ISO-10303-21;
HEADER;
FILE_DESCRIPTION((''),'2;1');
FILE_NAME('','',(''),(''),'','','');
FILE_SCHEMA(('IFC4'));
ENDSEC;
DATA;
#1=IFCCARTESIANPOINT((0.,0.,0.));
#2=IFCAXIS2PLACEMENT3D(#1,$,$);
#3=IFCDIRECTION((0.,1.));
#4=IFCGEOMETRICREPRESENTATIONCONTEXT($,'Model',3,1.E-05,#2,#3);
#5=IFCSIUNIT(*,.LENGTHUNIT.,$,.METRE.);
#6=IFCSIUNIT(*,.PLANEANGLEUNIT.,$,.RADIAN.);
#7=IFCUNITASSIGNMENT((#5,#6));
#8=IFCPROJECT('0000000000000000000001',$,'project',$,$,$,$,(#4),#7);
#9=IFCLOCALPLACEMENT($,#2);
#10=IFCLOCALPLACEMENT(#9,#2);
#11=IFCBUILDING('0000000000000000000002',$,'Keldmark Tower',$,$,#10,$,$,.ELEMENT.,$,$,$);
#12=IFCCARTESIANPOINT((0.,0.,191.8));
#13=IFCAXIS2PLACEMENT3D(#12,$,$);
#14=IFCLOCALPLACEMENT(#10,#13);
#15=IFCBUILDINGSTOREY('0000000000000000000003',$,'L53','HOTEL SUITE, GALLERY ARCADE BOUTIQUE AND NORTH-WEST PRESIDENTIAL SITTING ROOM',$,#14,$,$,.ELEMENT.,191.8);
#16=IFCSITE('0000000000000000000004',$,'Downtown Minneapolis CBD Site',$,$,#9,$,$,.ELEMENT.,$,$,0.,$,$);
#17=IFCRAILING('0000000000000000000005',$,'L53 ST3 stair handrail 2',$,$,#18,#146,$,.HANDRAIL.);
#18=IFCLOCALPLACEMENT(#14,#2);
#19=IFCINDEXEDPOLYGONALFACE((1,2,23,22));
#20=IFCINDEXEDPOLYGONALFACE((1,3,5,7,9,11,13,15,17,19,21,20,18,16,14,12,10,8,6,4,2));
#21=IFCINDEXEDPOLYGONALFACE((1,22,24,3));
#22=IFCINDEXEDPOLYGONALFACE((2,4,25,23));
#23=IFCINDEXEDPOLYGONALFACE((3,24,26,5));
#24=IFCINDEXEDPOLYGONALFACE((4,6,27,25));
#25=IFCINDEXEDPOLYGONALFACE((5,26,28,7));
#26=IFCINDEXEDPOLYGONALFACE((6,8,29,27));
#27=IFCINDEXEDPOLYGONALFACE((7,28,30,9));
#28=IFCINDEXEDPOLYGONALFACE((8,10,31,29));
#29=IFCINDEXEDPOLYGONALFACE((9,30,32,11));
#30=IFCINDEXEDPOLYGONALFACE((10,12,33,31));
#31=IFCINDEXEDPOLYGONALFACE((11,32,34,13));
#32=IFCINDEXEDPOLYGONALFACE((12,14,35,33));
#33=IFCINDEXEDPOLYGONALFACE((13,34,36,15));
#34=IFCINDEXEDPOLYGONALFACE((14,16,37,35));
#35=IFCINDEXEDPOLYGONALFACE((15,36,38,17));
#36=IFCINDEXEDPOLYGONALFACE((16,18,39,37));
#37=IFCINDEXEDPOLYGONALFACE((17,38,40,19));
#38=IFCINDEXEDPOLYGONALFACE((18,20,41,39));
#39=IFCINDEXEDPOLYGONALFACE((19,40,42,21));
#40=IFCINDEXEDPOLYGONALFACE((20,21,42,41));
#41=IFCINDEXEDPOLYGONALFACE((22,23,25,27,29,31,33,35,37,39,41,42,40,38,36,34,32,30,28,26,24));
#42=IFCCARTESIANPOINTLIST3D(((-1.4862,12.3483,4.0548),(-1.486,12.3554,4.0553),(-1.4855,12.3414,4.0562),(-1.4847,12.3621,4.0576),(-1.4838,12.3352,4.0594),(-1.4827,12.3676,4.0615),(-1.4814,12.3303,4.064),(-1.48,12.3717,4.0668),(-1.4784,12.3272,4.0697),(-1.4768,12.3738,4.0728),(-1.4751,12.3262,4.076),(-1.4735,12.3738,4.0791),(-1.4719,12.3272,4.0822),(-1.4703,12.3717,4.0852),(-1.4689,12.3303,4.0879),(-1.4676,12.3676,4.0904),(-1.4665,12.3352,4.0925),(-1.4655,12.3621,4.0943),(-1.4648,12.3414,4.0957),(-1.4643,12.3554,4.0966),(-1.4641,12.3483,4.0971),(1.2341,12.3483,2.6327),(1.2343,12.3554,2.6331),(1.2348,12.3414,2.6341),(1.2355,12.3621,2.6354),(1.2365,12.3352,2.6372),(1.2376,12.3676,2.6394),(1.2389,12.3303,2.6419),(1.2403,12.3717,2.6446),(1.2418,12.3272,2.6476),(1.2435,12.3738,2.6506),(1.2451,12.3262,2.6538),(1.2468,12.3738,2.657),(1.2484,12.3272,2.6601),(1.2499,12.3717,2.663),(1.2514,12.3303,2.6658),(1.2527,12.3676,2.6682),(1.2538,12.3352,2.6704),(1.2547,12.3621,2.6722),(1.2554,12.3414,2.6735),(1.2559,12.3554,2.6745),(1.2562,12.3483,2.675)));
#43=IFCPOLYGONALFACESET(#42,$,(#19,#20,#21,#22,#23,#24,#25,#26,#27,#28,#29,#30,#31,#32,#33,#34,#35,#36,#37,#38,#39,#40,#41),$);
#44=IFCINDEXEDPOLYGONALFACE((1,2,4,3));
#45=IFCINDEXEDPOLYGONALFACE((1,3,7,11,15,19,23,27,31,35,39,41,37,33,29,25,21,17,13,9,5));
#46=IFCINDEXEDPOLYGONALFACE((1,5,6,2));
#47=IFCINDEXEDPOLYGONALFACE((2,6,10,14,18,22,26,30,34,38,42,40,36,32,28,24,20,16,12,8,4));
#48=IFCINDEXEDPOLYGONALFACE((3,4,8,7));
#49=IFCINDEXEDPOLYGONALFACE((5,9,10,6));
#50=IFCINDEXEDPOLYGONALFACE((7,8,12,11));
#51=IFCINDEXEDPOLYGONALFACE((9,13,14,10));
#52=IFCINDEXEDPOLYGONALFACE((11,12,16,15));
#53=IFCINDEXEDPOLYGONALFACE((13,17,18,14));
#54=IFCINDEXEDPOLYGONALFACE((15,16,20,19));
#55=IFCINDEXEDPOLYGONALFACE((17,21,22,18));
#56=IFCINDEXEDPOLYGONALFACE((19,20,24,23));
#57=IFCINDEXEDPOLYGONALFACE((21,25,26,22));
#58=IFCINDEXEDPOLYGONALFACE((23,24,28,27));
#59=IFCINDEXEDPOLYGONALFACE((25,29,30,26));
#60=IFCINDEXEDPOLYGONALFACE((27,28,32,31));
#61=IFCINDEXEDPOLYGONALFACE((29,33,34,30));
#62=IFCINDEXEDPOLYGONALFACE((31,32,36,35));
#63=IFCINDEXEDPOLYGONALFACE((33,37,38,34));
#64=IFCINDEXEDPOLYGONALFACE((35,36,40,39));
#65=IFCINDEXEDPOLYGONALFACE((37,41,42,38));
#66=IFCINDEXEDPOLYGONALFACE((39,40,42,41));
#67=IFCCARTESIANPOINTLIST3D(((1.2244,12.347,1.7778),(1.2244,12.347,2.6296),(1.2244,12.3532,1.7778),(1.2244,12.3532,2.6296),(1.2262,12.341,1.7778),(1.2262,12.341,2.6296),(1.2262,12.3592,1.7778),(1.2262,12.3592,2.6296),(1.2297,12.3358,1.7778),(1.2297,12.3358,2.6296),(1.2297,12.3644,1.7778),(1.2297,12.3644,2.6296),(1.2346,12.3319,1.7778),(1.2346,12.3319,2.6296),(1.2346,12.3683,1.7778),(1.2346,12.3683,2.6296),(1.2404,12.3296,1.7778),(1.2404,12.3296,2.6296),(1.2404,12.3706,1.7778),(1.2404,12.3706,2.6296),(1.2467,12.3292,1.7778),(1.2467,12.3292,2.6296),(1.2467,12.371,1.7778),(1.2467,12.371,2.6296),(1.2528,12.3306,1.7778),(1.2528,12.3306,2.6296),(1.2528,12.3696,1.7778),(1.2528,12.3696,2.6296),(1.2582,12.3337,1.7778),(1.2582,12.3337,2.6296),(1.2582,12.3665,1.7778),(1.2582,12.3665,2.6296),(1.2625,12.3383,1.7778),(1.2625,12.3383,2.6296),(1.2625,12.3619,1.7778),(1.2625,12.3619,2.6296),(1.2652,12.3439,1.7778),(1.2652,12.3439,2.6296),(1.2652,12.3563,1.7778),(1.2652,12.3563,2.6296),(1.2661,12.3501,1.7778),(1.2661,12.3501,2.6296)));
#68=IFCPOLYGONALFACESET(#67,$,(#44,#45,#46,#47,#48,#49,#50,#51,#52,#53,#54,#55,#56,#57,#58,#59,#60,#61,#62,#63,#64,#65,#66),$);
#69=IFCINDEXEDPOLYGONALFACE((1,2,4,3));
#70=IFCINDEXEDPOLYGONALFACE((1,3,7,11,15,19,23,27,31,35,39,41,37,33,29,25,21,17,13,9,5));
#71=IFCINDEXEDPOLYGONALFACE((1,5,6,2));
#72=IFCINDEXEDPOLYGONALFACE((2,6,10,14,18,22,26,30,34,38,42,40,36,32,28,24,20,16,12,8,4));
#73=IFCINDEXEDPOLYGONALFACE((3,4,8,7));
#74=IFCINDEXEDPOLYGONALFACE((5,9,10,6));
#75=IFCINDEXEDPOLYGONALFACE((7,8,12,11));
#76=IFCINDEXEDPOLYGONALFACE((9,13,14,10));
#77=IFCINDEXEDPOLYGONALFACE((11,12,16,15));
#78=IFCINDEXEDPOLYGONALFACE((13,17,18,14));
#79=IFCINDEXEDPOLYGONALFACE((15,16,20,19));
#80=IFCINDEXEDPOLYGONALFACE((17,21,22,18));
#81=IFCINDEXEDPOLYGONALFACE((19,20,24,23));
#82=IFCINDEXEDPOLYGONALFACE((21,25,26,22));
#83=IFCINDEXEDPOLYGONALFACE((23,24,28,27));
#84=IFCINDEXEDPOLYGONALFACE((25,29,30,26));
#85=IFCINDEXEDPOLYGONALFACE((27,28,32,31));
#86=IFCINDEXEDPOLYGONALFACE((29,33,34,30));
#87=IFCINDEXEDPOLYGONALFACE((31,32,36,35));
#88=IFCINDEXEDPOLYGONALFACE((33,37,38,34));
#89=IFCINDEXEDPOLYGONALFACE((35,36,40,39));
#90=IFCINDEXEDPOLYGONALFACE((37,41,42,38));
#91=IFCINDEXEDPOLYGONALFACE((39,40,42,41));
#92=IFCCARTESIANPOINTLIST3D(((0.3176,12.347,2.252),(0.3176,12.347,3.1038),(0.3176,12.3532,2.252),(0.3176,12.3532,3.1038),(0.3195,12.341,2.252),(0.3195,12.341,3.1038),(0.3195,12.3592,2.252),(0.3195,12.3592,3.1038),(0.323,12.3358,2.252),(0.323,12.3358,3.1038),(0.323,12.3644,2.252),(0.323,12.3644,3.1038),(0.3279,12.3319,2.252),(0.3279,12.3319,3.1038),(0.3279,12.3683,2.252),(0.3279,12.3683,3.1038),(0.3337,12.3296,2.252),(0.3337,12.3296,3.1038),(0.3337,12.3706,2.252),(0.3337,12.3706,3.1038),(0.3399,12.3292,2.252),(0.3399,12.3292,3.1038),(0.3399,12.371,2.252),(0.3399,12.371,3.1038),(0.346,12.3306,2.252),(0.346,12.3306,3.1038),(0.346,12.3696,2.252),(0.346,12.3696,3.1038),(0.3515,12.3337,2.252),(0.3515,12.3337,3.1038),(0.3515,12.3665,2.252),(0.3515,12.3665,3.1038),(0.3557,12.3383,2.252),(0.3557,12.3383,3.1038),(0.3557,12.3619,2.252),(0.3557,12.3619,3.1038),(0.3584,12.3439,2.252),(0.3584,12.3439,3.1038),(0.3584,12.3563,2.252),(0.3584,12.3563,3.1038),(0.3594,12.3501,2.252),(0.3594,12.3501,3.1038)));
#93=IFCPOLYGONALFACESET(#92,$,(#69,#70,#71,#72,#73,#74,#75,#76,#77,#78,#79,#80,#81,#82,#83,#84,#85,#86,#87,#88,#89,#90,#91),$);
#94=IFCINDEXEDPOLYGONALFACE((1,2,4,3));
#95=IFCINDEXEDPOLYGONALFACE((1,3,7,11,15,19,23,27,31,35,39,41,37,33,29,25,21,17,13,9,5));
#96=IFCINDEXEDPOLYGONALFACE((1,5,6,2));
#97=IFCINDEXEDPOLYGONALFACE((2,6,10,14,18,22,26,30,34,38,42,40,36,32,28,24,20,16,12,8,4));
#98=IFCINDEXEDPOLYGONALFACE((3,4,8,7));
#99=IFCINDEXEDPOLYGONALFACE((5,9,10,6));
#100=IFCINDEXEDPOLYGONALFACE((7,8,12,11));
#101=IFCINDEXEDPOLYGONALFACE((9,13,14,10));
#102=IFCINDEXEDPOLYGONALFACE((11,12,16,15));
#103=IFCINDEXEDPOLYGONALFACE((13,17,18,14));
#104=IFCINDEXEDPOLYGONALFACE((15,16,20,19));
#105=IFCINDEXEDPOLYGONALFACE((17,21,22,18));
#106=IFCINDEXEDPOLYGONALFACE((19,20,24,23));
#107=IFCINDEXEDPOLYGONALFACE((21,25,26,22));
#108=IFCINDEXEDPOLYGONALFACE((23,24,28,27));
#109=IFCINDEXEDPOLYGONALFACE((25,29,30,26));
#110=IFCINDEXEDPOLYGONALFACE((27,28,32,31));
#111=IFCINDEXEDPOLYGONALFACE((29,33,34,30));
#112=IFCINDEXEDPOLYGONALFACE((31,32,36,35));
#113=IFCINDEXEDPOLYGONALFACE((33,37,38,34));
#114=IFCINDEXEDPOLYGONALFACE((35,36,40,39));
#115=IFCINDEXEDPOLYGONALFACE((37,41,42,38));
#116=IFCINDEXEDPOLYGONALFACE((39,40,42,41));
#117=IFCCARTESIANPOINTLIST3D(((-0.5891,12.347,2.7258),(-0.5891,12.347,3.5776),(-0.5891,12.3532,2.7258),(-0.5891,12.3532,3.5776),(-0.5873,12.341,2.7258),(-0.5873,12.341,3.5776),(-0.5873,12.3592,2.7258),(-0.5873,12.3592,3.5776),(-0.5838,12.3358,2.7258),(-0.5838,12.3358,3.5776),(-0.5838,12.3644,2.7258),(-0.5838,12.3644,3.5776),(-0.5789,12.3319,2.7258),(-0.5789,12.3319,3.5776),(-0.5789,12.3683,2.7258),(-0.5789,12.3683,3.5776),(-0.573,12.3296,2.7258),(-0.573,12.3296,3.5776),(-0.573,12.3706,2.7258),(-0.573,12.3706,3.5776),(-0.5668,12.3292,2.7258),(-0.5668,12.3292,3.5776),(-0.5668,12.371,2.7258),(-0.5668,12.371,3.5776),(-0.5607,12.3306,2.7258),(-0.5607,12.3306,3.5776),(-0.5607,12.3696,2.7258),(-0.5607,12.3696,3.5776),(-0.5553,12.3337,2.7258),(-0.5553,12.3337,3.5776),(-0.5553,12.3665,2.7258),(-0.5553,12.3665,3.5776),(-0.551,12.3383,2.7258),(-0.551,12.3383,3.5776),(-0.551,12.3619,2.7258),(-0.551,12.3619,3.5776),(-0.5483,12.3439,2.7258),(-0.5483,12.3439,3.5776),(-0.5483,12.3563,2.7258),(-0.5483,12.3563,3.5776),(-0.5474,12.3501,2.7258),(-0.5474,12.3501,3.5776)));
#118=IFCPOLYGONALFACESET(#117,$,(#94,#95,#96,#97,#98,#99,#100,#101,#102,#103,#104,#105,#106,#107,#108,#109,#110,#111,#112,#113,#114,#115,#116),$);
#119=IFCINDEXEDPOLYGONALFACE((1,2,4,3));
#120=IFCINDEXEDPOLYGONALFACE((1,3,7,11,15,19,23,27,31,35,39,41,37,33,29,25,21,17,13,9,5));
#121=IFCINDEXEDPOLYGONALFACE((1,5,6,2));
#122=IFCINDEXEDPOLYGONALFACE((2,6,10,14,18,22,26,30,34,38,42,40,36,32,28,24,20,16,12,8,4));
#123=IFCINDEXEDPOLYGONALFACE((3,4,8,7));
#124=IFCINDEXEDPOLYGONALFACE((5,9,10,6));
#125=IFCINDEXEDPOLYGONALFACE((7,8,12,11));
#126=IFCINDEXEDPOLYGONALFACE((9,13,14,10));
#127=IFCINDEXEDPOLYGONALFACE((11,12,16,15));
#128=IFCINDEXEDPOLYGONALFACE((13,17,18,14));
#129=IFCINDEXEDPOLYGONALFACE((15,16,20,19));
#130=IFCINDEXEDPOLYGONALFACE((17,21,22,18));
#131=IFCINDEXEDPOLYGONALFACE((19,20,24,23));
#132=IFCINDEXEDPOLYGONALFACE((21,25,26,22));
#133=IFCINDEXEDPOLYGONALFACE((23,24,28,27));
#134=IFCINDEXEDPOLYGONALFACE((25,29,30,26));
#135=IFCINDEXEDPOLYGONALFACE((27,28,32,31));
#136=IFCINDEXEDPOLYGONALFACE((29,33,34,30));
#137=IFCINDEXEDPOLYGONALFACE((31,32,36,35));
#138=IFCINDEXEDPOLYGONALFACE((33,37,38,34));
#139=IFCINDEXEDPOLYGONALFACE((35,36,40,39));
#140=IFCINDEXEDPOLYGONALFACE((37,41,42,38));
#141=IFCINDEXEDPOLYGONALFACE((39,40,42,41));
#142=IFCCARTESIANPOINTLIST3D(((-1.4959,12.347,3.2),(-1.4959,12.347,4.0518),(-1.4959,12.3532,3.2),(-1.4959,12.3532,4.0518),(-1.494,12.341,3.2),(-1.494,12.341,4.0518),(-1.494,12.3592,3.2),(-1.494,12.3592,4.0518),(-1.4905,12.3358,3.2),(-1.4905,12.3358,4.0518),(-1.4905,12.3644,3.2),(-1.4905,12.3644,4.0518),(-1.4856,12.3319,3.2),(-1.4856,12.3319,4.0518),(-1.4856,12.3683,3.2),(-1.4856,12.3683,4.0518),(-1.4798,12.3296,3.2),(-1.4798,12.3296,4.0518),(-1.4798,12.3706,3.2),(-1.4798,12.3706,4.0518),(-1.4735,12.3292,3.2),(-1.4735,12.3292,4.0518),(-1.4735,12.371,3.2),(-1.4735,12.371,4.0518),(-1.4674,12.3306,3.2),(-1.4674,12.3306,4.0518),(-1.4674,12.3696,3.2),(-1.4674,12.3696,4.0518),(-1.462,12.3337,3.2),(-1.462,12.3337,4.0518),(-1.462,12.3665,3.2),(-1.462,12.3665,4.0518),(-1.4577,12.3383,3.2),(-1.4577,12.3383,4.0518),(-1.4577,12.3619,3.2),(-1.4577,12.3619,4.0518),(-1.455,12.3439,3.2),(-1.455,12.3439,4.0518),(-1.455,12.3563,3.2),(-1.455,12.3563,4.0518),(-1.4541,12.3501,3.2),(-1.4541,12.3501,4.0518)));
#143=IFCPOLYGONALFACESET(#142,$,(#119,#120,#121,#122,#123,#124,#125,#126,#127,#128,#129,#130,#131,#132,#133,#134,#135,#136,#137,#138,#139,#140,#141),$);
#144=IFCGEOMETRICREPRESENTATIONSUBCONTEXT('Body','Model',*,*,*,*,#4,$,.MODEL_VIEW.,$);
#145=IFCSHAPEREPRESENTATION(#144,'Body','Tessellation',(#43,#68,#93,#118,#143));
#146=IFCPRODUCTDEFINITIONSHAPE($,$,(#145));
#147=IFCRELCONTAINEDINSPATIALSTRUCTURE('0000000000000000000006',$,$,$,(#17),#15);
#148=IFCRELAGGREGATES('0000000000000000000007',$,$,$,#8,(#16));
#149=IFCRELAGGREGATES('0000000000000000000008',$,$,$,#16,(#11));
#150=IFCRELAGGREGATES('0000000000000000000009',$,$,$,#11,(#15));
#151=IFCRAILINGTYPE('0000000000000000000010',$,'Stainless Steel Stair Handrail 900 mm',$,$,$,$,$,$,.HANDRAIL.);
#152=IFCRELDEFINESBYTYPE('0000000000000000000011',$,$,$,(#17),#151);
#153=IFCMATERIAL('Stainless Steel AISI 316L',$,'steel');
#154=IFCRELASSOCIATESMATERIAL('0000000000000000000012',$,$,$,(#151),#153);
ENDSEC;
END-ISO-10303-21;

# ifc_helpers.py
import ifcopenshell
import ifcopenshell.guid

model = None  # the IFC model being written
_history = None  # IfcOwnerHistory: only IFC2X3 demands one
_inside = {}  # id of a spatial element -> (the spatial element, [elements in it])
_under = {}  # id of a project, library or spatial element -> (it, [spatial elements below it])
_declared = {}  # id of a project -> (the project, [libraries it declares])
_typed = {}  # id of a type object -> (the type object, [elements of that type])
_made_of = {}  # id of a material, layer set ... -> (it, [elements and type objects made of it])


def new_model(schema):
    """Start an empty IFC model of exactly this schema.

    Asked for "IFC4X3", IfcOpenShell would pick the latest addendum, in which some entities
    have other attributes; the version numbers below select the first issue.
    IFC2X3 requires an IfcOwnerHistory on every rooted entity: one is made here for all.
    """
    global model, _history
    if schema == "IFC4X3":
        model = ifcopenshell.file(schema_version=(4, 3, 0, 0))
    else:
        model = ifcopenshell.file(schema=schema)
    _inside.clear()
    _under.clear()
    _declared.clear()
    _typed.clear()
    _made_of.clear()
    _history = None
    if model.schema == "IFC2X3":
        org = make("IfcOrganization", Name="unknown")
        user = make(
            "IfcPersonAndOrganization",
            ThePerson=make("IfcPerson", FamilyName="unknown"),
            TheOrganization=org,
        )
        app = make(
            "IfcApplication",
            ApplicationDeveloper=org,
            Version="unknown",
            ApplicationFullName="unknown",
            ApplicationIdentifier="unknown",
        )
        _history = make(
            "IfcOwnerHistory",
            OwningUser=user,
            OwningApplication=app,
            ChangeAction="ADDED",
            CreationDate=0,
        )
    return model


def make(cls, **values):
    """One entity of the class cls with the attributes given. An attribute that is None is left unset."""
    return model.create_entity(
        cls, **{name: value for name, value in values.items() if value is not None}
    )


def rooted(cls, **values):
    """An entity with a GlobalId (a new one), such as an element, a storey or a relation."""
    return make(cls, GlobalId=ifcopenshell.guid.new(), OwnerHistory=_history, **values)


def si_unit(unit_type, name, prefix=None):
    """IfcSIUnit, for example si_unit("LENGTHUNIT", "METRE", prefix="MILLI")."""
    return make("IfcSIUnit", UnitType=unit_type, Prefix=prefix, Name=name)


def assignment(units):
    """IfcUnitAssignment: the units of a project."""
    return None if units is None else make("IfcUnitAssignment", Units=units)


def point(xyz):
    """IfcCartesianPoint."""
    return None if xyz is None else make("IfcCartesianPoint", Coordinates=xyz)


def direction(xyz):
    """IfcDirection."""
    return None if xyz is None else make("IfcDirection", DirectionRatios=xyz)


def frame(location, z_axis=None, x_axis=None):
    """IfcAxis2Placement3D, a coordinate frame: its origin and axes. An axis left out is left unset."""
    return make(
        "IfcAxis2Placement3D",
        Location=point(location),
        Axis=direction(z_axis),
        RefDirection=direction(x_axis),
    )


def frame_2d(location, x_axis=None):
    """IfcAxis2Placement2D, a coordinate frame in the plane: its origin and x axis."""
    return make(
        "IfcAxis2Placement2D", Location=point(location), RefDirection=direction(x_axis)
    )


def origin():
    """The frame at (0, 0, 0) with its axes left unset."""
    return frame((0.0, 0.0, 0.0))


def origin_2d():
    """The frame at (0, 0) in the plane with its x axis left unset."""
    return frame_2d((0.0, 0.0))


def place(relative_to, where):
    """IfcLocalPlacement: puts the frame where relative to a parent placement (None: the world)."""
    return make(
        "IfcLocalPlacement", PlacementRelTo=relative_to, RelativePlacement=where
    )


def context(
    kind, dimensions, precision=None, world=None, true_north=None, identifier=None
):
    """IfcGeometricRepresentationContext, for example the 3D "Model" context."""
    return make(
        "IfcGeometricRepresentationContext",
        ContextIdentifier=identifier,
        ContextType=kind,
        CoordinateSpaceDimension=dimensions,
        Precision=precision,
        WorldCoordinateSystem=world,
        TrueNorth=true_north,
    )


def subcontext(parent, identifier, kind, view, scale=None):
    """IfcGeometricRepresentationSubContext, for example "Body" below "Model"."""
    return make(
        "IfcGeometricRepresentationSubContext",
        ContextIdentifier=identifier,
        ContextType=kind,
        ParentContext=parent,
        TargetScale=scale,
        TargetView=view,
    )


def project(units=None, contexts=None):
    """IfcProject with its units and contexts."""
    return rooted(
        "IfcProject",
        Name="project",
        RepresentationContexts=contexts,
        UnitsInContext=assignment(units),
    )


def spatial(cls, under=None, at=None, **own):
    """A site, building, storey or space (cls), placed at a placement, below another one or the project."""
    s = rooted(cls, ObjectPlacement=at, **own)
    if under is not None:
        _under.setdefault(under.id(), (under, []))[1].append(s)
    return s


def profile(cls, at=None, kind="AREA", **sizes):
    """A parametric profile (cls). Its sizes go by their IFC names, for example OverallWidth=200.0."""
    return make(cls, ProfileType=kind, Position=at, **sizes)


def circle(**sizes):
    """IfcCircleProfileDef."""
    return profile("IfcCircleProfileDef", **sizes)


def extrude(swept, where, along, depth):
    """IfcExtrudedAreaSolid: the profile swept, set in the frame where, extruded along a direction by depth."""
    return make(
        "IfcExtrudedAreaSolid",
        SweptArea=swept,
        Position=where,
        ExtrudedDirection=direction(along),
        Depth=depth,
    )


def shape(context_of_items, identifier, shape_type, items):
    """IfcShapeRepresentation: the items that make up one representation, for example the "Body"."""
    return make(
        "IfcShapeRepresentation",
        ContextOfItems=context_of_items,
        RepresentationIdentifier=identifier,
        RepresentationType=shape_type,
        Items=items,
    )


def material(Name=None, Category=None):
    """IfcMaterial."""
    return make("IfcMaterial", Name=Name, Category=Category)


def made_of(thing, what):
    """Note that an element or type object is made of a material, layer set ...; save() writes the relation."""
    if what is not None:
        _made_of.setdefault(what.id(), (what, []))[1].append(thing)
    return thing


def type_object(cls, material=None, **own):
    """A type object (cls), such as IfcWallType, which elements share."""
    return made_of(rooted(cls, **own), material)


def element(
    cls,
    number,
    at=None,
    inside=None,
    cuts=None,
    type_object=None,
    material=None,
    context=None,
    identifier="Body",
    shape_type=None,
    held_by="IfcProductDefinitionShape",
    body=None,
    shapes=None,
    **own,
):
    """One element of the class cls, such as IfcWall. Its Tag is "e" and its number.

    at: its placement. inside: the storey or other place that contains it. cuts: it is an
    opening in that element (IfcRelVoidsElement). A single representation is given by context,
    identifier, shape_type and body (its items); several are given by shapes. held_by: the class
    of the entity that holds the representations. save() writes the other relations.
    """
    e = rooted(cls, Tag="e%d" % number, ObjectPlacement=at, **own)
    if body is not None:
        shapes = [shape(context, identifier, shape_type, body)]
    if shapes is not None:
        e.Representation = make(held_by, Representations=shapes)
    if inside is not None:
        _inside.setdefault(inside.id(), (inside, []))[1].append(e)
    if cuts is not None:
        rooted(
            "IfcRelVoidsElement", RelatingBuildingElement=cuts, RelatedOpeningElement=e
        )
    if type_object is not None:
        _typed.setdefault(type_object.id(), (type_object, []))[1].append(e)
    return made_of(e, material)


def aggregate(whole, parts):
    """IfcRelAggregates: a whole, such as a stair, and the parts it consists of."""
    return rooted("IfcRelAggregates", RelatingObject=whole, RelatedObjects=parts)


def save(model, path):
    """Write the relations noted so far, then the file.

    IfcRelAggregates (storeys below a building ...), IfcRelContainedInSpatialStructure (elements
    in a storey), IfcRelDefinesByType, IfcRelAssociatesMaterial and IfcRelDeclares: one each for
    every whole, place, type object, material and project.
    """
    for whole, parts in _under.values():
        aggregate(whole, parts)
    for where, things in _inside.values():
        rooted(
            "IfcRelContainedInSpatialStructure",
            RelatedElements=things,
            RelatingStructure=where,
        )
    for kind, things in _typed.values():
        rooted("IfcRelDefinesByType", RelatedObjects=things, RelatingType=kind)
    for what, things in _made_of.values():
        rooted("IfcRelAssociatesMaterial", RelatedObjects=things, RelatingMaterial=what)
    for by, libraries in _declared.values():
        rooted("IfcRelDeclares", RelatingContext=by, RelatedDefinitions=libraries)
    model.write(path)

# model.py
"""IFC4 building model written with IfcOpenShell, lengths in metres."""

from ifc_helpers import new_model, si_unit, direction, frame, origin, origin_2d, place, context, subcontext, project, spatial, circle, extrude, material, type_object, element, save


model = new_model("IFC4")

# Units and contexts
model_context = context("Model", 3, precision=1e-05, world=origin(), true_north=direction((0.0, 1.0)))
body_context = subcontext(model_context, "Body", "Model", "MODEL_VIEW")
ifc_project = project(units=[si_unit("LENGTHUNIT", "METRE"), si_unit("PLANEANGLEUNIT", "RADIAN")], contexts=[model_context])

# Site, building, storey
site_placement = place(None, origin())
site = spatial("IfcSite", under=ifc_project, at=site_placement, Name="Downtown Minneapolis CBD Site", CompositionType="ELEMENT", RefElevation=0.0)
building_placement = place(site_placement, origin())
building = spatial("IfcBuilding", under=site, at=building_placement, Name="Keldmark Tower", CompositionType="ELEMENT")
storey_placement = place(building_placement, frame((0.0, 0.0, 191.8)))
storey = spatial("IfcBuildingStorey", under=building, at=storey_placement, Name="L53", Description="HOTEL SUITE, GALLERY ARCADE BOUTIQUE AND NORTH-WEST PRESIDENTIAL SITTING ROOM", CompositionType="ELEMENT", Elevation=191.8)

# Railing
ifc_material_1 = material(Name="Stainless Steel AISI 316L", Category="steel")
railing_type_1 = type_object("IfcRailingType", Name="Stainless Steel Stair Handrail 900 mm", PredefinedType="HANDRAIL", material=ifc_material_1)
railing_1_placement = place(storey_placement, frame((1.2451, 12.3501, 1.7778)))
element("IfcRailing", 1, at=railing_1_placement, inside=storey, type_object=railing_type_1, Name="L53 ST3 stair handrail 2", PredefinedType="HANDRAIL", context=body_context, shape_type="SweptSolid", body=[
    extrude(circle(Radius=0.0239, at=origin_2d()), frame((0.0, 0.0, 0.876), z_axis=(-0.8862, 0.0, 0.463302), x_axis=(0.0, -1.0, 0.0)), (0.0, 0.0, 1.0), 3.0696),
    extrude(circle(Radius=0.021, at=origin_2d()), origin(), (0.0, 0.0, 1.0), 0.8518),
    extrude(circle(Radius=0.021, at=origin_2d()), frame((-0.9067, 0.0, 0.4741)), (0.0, 0.0, 1.0), 0.8518),
    extrude(circle(Radius=0.021, at=origin_2d()), frame((-1.8135, 0.0, 0.948)), (0.0, 0.0, 1.0), 0.8518),
    extrude(circle(Radius=0.021, at=origin_2d()), frame((-2.7202, 0.0, 1.4221)), (0.0, 0.0, 1.0), 0.8518),
])

save(model, "model.ifc")
